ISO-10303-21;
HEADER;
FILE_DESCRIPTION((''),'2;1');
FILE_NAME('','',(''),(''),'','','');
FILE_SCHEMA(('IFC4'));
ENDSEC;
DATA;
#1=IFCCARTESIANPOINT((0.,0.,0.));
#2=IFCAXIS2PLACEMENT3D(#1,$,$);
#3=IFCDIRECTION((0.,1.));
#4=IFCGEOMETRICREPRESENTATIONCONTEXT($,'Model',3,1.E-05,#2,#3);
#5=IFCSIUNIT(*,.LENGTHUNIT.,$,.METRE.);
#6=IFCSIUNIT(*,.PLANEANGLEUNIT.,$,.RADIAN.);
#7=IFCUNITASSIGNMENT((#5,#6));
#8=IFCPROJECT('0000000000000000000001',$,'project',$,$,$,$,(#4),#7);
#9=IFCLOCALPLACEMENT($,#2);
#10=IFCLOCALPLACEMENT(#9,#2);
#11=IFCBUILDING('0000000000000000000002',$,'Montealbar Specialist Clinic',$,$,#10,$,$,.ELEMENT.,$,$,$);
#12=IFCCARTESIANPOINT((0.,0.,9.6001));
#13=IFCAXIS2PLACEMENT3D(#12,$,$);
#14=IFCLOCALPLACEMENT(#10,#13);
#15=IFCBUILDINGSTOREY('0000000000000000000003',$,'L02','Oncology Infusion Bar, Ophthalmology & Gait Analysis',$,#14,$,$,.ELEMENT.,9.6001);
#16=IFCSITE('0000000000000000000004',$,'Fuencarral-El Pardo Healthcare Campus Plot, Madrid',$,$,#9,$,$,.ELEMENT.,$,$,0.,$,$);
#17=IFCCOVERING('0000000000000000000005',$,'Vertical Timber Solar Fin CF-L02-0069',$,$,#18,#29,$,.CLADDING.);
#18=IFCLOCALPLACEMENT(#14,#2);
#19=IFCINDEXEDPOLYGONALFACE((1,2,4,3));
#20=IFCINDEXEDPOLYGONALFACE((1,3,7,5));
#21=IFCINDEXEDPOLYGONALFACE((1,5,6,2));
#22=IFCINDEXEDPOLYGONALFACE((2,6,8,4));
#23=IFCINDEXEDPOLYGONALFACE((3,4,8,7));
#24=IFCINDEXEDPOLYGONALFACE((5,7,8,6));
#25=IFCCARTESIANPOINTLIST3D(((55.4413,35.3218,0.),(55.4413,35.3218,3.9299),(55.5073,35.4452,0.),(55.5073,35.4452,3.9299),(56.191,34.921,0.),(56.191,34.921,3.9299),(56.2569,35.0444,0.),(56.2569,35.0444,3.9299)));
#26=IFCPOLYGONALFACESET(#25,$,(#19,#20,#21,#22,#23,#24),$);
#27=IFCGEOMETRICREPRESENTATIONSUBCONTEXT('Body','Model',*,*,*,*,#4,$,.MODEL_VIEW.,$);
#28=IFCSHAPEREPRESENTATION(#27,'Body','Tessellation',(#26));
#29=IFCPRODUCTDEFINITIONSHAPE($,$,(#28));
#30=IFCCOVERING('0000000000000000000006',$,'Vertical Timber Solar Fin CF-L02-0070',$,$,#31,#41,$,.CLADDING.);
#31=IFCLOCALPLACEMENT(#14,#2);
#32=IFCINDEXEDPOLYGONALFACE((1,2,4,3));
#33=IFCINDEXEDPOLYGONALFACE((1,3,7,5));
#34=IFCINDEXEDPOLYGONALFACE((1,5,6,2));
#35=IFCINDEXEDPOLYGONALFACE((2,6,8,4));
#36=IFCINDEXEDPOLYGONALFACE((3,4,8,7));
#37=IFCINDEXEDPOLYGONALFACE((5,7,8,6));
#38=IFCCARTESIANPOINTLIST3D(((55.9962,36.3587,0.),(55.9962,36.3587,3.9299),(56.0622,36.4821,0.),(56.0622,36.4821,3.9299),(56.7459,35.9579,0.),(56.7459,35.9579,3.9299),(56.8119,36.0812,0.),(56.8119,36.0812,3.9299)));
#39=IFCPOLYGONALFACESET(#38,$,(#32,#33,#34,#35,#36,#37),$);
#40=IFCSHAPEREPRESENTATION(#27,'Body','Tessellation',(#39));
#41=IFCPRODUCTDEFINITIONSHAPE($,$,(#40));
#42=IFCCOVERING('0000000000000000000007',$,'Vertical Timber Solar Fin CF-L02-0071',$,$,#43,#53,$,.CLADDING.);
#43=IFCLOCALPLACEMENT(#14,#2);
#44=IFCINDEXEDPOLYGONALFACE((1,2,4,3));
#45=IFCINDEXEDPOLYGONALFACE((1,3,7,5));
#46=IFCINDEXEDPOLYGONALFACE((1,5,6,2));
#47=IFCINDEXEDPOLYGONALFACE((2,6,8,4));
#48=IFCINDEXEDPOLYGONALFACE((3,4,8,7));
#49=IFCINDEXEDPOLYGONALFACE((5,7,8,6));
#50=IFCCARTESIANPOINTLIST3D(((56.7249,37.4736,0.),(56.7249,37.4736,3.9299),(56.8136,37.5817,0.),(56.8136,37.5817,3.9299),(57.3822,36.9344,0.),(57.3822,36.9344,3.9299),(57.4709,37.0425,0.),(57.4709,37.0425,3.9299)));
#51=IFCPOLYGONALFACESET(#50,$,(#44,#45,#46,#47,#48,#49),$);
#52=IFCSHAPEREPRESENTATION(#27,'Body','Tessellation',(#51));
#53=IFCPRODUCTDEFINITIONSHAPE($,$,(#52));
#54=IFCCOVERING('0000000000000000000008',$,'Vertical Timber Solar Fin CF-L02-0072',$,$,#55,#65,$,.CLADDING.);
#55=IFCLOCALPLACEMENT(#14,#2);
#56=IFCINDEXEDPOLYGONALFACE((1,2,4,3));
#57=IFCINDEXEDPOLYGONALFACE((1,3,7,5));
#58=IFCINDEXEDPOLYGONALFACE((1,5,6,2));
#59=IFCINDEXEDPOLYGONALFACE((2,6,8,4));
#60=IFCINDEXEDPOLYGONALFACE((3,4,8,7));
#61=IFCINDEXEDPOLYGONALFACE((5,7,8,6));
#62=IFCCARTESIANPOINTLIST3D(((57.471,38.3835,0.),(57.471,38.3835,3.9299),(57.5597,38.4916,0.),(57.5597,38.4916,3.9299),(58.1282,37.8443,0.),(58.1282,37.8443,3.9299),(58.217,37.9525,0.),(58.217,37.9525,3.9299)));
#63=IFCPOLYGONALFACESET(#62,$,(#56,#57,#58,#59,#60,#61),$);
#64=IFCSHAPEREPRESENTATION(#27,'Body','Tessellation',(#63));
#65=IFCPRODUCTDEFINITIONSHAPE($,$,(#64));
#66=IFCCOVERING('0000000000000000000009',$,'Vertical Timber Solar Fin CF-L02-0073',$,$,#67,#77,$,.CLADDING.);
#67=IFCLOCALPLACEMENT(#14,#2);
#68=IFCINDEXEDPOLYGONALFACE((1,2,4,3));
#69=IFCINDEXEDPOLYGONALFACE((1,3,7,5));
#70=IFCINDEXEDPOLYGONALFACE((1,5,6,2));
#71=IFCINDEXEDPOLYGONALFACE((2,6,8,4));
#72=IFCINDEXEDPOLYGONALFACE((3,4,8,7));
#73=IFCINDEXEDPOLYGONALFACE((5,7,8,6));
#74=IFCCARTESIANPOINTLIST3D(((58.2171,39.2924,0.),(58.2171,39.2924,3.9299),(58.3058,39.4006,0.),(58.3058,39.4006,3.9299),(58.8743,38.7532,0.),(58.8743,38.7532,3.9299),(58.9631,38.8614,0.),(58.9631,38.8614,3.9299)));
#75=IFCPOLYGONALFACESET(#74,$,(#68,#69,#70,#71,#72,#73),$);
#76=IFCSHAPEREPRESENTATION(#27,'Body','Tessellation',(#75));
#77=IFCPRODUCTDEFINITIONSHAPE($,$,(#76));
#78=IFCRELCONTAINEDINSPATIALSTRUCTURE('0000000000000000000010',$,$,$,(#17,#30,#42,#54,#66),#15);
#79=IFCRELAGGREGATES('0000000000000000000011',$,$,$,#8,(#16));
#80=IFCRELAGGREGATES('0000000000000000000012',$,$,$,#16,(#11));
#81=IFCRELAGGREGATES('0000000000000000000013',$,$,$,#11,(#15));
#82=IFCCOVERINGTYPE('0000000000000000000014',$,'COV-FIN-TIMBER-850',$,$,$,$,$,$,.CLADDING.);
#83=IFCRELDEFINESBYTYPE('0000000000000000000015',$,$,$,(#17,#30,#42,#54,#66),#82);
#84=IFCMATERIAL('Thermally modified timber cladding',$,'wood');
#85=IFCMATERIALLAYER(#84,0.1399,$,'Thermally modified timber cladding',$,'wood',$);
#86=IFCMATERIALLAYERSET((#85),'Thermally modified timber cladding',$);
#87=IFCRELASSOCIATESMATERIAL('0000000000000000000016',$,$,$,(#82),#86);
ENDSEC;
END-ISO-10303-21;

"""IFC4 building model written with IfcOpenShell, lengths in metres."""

from ifc_helpers import new_model, si_unit, direction, frame, origin, origin_2d, place, context, subcontext, project, spatial, rectangle, extrude, material, layer, layer_set, type_object, element, save


model = new_model("IFC4")

# Units and contexts
model_context = context("Model", 3, precision=1e-05, world=origin(), true_north=direction((0.0, 1.0)))
body_context = subcontext(model_context, "Body", "Model", "MODEL_VIEW")
ifc_project = project(units=[si_unit("LENGTHUNIT", "METRE"), si_unit("PLANEANGLEUNIT", "RADIAN")], contexts=[model_context])

# Site, building, storey
site_placement = place(None, origin())
site = spatial("IfcSite", under=ifc_project, at=site_placement, Name="Fuencarral-El Pardo Healthcare Campus Plot, Madrid", CompositionType="ELEMENT", RefElevation=0.0)
building_placement = place(site_placement, origin())
building = spatial("IfcBuilding", under=site, at=building_placement, Name="Montealbar Specialist Clinic", CompositionType="ELEMENT")
storey_placement = place(building_placement, frame((0.0, 0.0, 9.6001)))
storey = spatial("IfcBuildingStorey", under=building, at=storey_placement, Name="L02", Description="Oncology Infusion Bar, Ophthalmology & Gait Analysis", CompositionType="ELEMENT", Elevation=9.6001)

# Coverings
ifc_material_1 = material(Name="Thermally modified timber cladding", Category="wood")
ifc_layer_1 = layer(ifc_material_1, 0.1399, Name="Thermally modified timber cladding", Category="wood")
ifc_layer_set_1 = layer_set([ifc_layer_1], Name="Thermally modified timber cladding")
covering_type = type_object("IfcCoveringType", Name="COV-FIN-TIMBER-850", PredefinedType="CLADDING", material=ifc_layer_set_1)
for number, where, z_axis, x_axis, name in (
    (1, (55.8491, 35.1831, 0.0), (0.0, 0.0, 1.0), (-0.88185, 0.471529, 0.0), "Vertical Timber Solar Fin CF-L02-0069"),
    (2, (56.4041, 36.22, 0.0), (0.0, 0.0, 1.0), (-0.88185, 0.471529, 0.0), "Vertical Timber Solar Fin CF-L02-0070"),
    (3, (57.0979, 37.2581, 0.0), (0.0, 0.0, 1.0), (-0.773123, 0.634256, 0.0), "Vertical Timber Solar Fin CF-L02-0071"),
    (4, (57.844, 38.168, 0.0), (0.0, 0.0, 1.0), (-0.773123, 0.634256, 0.0), "Vertical Timber Solar Fin CF-L02-0072"),
    (5, (58.5901, 39.0769, 0.0), (0.0, 0.0, 1.0), (-0.773123, 0.634256, 0.0), "Vertical Timber Solar Fin CF-L02-0073"),
):
    element("IfcCovering", number, at=place(storey_placement, frame(where, z_axis=z_axis, x_axis=x_axis)), inside=storey, type_object=covering_type, Name=name, PredefinedType="CLADDING", context=body_context, shape_type="SweptSolid", body=[
        extrude(rectangle(XDim=0.8501, YDim=0.1399, at=origin_2d()), origin(), (0.0, 0.0, 1.0), 3.9299),
    ])

save(model, "model.ifc")
